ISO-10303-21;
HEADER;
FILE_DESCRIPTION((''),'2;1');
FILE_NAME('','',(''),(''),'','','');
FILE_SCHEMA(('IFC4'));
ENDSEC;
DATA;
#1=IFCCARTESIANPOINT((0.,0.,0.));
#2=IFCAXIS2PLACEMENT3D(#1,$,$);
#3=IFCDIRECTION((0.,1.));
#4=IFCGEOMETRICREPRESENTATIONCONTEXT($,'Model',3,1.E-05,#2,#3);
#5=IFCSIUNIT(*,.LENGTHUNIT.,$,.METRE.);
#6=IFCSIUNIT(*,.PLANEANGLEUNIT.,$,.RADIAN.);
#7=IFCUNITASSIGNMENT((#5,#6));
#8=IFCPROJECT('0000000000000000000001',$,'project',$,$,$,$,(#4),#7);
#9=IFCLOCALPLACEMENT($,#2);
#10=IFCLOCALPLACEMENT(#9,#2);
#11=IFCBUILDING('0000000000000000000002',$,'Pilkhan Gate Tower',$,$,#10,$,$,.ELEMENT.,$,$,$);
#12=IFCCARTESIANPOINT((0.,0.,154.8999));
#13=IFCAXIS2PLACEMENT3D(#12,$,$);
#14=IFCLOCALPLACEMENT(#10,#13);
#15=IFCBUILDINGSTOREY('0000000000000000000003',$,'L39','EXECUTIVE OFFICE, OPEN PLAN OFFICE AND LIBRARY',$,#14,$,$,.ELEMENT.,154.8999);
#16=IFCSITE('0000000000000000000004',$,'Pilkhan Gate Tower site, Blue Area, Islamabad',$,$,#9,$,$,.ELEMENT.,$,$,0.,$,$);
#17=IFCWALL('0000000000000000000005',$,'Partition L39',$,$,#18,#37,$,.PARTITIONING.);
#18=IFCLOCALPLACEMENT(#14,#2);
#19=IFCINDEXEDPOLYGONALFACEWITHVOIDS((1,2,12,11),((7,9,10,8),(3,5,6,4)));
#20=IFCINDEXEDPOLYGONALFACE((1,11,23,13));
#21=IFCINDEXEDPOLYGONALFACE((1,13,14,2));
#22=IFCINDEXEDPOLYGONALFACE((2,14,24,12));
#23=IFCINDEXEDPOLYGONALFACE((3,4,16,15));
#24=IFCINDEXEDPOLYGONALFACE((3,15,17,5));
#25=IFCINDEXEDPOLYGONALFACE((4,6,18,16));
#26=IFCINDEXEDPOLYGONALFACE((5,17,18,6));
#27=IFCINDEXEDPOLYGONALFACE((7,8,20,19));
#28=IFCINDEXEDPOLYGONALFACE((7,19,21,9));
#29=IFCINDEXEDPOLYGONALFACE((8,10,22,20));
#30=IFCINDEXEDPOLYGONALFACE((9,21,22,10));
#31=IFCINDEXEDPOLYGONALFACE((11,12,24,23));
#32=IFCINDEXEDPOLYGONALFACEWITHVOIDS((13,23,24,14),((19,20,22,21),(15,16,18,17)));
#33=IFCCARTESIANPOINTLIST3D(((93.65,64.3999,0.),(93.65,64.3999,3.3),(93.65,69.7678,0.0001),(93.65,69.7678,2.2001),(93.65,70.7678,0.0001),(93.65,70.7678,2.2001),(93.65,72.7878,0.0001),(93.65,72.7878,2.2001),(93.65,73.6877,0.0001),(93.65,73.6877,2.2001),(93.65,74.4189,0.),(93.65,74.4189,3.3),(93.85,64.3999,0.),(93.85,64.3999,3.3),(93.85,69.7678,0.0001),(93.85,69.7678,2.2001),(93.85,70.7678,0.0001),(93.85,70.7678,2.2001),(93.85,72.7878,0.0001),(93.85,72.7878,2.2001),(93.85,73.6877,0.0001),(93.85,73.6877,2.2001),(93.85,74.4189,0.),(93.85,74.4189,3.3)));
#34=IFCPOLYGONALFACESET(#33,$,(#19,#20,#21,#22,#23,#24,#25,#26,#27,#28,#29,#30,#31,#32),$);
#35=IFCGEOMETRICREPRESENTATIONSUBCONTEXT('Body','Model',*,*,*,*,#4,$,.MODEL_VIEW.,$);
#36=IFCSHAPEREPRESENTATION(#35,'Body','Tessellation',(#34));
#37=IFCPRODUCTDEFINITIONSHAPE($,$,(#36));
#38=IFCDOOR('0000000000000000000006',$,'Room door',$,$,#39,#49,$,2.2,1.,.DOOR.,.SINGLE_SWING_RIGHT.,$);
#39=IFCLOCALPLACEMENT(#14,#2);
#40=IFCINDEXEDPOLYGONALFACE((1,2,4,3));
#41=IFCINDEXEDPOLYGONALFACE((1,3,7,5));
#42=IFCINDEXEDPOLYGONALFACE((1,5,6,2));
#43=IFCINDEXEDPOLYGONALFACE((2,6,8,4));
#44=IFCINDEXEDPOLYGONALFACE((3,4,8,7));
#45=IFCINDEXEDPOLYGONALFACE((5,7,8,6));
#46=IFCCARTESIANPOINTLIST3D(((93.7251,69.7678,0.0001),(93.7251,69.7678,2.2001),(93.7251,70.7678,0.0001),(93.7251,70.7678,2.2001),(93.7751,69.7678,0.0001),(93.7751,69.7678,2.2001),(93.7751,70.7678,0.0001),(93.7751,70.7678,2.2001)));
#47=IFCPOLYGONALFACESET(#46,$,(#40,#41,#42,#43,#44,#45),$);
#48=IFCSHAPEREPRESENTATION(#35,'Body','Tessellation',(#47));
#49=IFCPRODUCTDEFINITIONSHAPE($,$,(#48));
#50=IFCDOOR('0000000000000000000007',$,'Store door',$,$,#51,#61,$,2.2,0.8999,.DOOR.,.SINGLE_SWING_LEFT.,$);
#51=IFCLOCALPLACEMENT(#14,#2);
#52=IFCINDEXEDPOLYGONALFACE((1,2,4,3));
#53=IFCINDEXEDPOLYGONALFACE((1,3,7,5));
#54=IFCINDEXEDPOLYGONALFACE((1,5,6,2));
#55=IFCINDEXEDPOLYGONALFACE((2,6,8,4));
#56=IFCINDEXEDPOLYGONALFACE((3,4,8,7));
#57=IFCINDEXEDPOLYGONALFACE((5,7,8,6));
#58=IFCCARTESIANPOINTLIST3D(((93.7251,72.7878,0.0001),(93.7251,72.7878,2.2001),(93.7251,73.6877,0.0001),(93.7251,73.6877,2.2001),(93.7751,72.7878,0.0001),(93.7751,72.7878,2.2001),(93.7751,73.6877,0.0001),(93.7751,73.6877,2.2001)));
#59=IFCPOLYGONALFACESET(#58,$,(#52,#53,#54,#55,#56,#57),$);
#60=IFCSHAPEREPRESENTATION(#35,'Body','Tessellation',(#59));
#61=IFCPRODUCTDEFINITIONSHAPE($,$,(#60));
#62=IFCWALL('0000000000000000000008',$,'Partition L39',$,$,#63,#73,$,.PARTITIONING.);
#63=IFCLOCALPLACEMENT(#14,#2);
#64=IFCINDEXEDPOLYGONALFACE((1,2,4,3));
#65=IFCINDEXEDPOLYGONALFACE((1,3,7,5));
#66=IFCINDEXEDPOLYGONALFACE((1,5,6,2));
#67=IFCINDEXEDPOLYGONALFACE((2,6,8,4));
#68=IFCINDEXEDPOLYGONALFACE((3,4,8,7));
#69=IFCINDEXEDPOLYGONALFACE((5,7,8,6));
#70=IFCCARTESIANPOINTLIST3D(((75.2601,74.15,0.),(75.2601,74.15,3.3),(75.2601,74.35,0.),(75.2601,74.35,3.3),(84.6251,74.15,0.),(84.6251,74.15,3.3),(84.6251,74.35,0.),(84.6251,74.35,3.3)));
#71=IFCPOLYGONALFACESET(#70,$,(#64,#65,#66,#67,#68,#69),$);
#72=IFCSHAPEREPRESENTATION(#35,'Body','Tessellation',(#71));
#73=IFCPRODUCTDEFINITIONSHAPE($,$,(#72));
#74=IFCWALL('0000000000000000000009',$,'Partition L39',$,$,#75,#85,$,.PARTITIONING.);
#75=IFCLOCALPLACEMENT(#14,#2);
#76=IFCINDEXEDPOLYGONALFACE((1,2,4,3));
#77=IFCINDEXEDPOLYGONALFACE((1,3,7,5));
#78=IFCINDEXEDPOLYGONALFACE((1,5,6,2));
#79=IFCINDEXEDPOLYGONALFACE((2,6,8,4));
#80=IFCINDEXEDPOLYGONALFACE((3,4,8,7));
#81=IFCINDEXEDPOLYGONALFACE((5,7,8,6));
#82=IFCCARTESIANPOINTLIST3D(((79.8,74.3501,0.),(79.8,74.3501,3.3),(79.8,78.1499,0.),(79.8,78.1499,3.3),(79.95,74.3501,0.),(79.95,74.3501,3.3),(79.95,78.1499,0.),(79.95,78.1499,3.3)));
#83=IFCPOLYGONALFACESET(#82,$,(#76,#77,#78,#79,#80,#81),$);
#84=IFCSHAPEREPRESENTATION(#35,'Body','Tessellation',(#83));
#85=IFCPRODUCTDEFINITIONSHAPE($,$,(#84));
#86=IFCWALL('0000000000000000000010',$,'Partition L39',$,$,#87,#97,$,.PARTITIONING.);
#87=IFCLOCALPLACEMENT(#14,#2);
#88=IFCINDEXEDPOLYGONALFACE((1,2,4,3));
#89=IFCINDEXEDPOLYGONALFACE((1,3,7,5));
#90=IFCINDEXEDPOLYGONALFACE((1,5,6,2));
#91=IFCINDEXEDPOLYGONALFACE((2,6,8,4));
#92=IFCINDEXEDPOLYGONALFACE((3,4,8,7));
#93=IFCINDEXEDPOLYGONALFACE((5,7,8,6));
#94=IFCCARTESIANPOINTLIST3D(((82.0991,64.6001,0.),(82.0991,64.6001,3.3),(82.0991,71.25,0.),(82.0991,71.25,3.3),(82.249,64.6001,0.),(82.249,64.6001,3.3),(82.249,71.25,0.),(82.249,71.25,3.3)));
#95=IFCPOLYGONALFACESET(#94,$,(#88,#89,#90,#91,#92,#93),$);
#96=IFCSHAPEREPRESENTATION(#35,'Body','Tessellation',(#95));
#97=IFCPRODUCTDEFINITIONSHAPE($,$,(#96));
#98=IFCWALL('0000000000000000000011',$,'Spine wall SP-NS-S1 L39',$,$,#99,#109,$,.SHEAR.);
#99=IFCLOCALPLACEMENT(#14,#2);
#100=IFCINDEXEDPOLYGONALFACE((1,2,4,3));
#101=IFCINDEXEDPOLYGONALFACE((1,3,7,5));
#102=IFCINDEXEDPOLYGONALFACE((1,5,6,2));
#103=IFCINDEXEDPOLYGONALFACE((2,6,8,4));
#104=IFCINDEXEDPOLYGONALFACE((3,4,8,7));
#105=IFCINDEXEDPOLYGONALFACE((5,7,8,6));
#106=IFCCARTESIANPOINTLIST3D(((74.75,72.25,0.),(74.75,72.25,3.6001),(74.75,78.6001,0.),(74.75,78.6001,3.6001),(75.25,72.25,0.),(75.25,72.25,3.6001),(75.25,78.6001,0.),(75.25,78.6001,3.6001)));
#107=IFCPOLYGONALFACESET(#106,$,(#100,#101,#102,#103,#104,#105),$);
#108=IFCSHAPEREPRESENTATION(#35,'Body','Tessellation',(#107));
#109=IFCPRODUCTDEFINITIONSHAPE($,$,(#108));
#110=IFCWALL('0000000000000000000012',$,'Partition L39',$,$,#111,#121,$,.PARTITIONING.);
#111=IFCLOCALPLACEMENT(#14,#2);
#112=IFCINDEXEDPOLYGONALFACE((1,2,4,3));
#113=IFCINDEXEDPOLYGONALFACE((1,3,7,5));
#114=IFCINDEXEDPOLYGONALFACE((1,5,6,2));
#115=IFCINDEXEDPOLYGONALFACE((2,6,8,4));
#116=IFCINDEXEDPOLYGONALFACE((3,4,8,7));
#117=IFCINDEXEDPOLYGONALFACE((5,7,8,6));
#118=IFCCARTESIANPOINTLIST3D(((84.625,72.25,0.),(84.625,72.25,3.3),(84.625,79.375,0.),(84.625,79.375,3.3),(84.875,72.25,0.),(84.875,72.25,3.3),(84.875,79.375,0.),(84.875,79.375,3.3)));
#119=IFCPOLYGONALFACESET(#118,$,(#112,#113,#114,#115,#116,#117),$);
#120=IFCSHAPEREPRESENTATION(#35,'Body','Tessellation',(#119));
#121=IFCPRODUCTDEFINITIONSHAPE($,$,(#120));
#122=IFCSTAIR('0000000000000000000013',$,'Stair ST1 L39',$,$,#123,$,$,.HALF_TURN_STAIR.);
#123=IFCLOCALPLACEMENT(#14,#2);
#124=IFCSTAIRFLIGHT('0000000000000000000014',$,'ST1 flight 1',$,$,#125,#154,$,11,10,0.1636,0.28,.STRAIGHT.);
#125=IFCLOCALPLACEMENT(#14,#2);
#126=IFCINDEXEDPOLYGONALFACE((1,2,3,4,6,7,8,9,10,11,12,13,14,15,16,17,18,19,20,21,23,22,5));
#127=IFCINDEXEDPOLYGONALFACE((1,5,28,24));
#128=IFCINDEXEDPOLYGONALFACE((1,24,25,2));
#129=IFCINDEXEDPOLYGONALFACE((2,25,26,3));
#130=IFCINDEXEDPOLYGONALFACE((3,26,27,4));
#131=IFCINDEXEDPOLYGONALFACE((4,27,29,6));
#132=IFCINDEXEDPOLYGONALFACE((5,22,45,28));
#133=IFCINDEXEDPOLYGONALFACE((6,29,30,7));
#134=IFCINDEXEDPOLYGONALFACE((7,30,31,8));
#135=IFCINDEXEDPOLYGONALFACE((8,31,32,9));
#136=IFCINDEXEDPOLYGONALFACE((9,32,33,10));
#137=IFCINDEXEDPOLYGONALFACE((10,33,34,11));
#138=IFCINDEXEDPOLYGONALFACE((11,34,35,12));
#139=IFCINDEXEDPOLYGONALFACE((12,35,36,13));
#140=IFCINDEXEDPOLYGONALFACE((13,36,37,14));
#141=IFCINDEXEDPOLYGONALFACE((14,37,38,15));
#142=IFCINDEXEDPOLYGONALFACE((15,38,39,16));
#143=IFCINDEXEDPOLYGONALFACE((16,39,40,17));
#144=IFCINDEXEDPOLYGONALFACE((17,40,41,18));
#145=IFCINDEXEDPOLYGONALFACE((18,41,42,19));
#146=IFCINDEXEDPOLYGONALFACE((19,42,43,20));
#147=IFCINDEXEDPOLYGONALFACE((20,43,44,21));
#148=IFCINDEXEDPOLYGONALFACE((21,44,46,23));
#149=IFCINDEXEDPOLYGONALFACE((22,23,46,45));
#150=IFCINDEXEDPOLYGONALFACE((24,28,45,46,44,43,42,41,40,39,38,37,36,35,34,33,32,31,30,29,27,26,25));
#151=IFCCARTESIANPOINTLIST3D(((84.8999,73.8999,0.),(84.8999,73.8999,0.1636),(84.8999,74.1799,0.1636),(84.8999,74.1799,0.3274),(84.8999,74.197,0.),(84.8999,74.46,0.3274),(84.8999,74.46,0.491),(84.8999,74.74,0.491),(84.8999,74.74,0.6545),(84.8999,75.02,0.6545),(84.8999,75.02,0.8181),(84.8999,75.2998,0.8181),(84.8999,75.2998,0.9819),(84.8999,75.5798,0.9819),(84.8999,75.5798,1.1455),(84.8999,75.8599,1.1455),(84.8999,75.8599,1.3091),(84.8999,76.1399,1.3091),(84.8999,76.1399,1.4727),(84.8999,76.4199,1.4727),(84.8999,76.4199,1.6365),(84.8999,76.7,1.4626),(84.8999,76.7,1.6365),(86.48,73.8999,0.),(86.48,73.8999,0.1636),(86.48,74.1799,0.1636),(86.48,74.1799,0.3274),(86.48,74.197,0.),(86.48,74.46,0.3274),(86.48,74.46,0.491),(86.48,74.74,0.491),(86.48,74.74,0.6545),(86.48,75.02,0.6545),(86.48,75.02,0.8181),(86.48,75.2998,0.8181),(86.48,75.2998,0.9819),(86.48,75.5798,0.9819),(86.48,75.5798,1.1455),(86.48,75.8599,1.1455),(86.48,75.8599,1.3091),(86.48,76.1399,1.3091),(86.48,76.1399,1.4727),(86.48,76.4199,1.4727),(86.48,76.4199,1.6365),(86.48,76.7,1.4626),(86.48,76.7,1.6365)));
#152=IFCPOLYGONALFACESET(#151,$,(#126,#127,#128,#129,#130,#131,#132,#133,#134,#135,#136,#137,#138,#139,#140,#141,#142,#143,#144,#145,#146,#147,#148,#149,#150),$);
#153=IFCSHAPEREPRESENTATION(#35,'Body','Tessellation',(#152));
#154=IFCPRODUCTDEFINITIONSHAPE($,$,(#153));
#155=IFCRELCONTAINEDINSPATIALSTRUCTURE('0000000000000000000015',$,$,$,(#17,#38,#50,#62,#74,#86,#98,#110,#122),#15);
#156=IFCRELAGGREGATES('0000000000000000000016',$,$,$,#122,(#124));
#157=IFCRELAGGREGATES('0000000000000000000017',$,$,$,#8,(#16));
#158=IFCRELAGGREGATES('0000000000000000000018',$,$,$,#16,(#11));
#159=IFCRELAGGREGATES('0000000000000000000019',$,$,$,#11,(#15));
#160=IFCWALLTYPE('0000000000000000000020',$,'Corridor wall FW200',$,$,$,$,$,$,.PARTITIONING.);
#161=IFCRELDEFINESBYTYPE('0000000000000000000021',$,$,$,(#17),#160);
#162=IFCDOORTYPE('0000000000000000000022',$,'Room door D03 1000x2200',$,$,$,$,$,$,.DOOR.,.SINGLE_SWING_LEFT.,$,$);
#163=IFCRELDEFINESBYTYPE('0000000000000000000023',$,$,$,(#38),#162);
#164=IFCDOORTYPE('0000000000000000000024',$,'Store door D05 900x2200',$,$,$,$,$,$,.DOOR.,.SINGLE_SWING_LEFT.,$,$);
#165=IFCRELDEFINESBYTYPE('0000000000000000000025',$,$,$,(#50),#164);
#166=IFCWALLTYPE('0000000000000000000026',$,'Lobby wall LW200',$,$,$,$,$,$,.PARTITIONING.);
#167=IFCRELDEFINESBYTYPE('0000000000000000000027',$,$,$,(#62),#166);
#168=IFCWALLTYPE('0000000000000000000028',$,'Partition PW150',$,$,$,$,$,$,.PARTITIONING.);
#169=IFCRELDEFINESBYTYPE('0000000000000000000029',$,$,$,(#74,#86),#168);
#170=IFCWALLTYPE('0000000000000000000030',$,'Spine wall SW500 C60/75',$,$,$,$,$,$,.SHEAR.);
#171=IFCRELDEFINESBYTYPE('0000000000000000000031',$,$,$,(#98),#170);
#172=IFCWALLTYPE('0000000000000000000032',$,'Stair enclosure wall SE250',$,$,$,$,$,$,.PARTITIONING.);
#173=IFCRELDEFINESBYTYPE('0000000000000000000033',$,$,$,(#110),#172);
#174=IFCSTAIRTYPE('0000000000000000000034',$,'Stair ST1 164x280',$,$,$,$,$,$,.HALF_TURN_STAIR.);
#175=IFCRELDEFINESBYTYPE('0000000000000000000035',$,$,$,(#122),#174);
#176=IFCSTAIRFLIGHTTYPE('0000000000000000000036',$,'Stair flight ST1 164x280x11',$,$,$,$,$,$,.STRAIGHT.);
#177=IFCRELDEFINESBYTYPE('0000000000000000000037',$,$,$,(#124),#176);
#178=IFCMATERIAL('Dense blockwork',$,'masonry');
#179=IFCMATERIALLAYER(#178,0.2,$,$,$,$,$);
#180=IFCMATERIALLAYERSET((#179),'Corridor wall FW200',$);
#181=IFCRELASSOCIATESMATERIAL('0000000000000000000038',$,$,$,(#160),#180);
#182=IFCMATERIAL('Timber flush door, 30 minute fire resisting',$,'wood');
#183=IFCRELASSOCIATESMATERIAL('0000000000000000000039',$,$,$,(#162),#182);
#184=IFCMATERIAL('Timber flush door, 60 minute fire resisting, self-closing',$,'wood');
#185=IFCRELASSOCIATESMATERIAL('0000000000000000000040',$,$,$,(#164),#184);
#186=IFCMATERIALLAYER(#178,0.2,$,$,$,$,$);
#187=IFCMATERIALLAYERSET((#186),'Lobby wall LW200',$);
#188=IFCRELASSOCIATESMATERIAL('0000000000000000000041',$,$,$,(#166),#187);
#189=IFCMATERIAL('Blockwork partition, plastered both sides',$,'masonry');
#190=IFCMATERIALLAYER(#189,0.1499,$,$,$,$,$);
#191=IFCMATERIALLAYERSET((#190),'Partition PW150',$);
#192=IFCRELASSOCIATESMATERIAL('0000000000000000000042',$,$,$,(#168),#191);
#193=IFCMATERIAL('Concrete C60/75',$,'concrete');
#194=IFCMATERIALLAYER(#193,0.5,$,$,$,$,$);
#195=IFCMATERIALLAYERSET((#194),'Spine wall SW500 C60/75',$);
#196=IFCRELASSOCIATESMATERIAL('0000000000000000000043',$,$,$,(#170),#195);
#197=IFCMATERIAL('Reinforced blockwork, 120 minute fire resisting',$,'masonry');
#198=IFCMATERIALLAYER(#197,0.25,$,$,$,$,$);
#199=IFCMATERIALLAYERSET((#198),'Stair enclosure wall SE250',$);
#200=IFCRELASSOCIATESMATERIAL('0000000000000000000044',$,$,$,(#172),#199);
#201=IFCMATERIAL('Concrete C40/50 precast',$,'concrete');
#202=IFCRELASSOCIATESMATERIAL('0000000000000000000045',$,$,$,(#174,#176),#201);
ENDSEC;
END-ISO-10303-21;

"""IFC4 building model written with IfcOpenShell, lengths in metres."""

from ifc_helpers import new_model, si_unit, direction, frame, frame_2d, origin, place, context, subcontext, project, spatial, polyline, rectangle, outline, extrude, material, layer, layer_set, type_object, element, fill, aggregate, save


model = new_model("IFC4")

# Units and contexts
model_context = context("Model", 3, precision=1e-05, world=origin(), true_north=direction((0.0, 1.0)))
body_context = subcontext(model_context, "Body", "Model", "MODEL_VIEW")
ifc_project = project(units=[si_unit("LENGTHUNIT", "METRE"), si_unit("PLANEANGLEUNIT", "RADIAN")], contexts=[model_context])

# Site, building, storey
site_placement = place(None, origin())
site = spatial("IfcSite", under=ifc_project, at=site_placement, Name="Pilkhan Gate Tower site, Blue Area, Islamabad", CompositionType="ELEMENT", RefElevation=0.0)
building_placement = place(site_placement, origin())
building = spatial("IfcBuilding", under=site, at=building_placement, Name="Pilkhan Gate Tower", CompositionType="ELEMENT")
storey_placement = place(building_placement, frame((0.0, 0.0, 154.8999)))
storey = spatial("IfcBuildingStorey", under=building, at=storey_placement, Name="L39", Description="EXECUTIVE OFFICE, OPEN PLAN OFFICE AND LIBRARY", CompositionType="ELEMENT", Elevation=154.8999)

# Shared definitions
ifc_material_1 = material(Name="Concrete C60/75", Category="concrete")

# Shared definitions
ifc_material_2 = material(Name="Dense blockwork", Category="masonry")
ifc_layer_1 = layer(ifc_material_2, 0.2)
ifc_layer_set_1 = layer_set([ifc_layer_1], Name="Corridor wall FW200")
wall_type_1 = type_object("IfcWallType", Name="Corridor wall FW200", PredefinedType="PARTITIONING", material=ifc_layer_set_1)

# Wall, openings, doors
wall_1_placement = place(storey_placement, frame((93.75, 64.3999, 0.0), z_axis=(0.0, 0.0, 1.0), x_axis=(0.0, 1.0, 0.0)))
wall_1 = element("IfcWall", 1, at=wall_1_placement, inside=storey, type_object=wall_type_1, Name="Partition L39", PredefinedType="PARTITIONING", context=body_context, shape_type="SweptSolid", body=[
    extrude(rectangle(XDim=10.019, YDim=0.2, at=frame_2d((5.0095, 0.0))), origin(), (0.0, 0.0, 1.0), 3.3),
])
opening_1_placement = place(wall_1_placement, frame((5.3679, 0.0, 0.0)))
opening_1 = element("IfcOpeningElement", 2, at=opening_1_placement, cuts=wall_1, PredefinedType="OPENING", context=body_context, shape_type="SweptSolid", body=[
    extrude(rectangle(XDim=1.0, YDim=2.2, at=frame_2d((0.5, 1.1001))), frame((0.0, 0.1099, 0.0), z_axis=(0.0, -1.0, 0.0), x_axis=(1.0, 0.0, 0.0)), (0.0, 0.0, 1.0), 0.22),
])
opening_2_placement = place(wall_1_placement, frame((8.3879, 0.0, 0.0)))
opening_2 = element("IfcOpeningElement", 3, at=opening_2_placement, cuts=wall_1, PredefinedType="OPENING", context=body_context, shape_type="SweptSolid", body=[
    extrude(rectangle(XDim=0.8999, YDim=2.2, at=frame_2d((0.45, 1.1001))), frame((0.0, 0.1099, 0.0), z_axis=(0.0, -1.0, 0.0), x_axis=(1.0, 0.0, 0.0)), (0.0, 0.0, 1.0), 0.22),
])
ifc_material_3 = material(Name="Timber flush door, 30 minute fire resisting", Category="wood")
door_type_1 = type_object("IfcDoorType", Name="Room door D03 1000x2200", OperationType="SINGLE_SWING_LEFT", PredefinedType="DOOR", material=ifc_material_3)
door_1_placement = place(opening_1_placement, origin())
door_1 = element("IfcDoor", 4, at=door_1_placement, inside=storey, type_object=door_type_1, Name="Room door", OperationType="SINGLE_SWING_RIGHT", OverallHeight=2.2, OverallWidth=1.0, PredefinedType="DOOR", context=body_context, shape_type="SweptSolid", body=[
    extrude(rectangle(XDim=1.0, YDim=2.2, at=frame_2d((0.5, 1.1001))), frame((0.0, 0.0249, 0.0), z_axis=(0.0, -1.0, 0.0), x_axis=(1.0, 0.0, 0.0)), (0.0, 0.0, 1.0), 0.05),
])
fill(opening_1, door_1)
ifc_material_4 = material(Name="Timber flush door, 60 minute fire resisting, self-closing", Category="wood")
door_type_2 = type_object("IfcDoorType", Name="Store door D05 900x2200", OperationType="SINGLE_SWING_LEFT", PredefinedType="DOOR", material=ifc_material_4)
door_2_placement = place(opening_2_placement, origin())
door_2 = element("IfcDoor", 5, at=door_2_placement, inside=storey, type_object=door_type_2, Name="Store door", OperationType="SINGLE_SWING_LEFT", OverallHeight=2.2, OverallWidth=0.8999, PredefinedType="DOOR", context=body_context, shape_type="SweptSolid", body=[
    extrude(rectangle(XDim=0.8999, YDim=2.2, at=frame_2d((0.45, 1.1001))), frame((0.0, 0.0249, 0.0), z_axis=(0.0, -1.0, 0.0), x_axis=(1.0, 0.0, 0.0)), (0.0, 0.0, 1.0), 0.05),
])
fill(opening_2, door_2)

# Walls
ifc_layer_2 = layer(ifc_material_2, 0.2)
ifc_layer_set_2 = layer_set([ifc_layer_2], Name="Lobby wall LW200")
wall_type_2 = type_object("IfcWallType", Name="Lobby wall LW200", PredefinedType="PARTITIONING", material=ifc_layer_set_2)
wall_2_placement = place(storey_placement, frame((75.26, 74.25, 0.0), z_axis=(0.0, 0.0, 1.0), x_axis=(1.0, 0.0, 0.0)))
element("IfcWall", 6, at=wall_2_placement, inside=storey, type_object=wall_type_2, Name="Partition L39", PredefinedType="PARTITIONING", context=body_context, shape_type="SweptSolid", body=[
    extrude(rectangle(XDim=9.365, YDim=0.2, at=frame_2d((4.6826, 0.0))), origin(), (0.0, 0.0, 1.0), 3.3),
])
ifc_material_5 = material(Name="Blockwork partition, plastered both sides", Category="masonry")
ifc_layer_3 = layer(ifc_material_5, 0.1499)
ifc_layer_set_3 = layer_set([ifc_layer_3], Name="Partition PW150")
wall_type_3 = type_object("IfcWallType", Name="Partition PW150", PredefinedType="PARTITIONING", material=ifc_layer_set_3)
wall_3_placement = place(storey_placement, frame((79.875, 74.3501, 0.0), z_axis=(0.0, 0.0, 1.0), x_axis=(0.0, 1.0, 0.0)))
element("IfcWall", 7, at=wall_3_placement, inside=storey, type_object=wall_type_3, Name="Partition L39", PredefinedType="PARTITIONING", context=body_context, shape_type="SweptSolid", body=[
    extrude(rectangle(XDim=3.7998, YDim=0.1499, at=frame_2d((1.8999, 0.0))), origin(), (0.0, 0.0, 1.0), 3.3),
])
wall_4_placement = place(storey_placement, frame((82.1741, 64.6001, 0.0), z_axis=(0.0, 0.0, 1.0), x_axis=(0.0, 1.0, 0.0)))
element("IfcWall", 8, at=wall_4_placement, inside=storey, type_object=wall_type_3, Name="Partition L39", PredefinedType="PARTITIONING", context=body_context, shape_type="SweptSolid", body=[
    extrude(rectangle(XDim=6.6499, YDim=0.1499, at=frame_2d((3.325, 0.0))), origin(), (0.0, 0.0, 1.0), 3.3),
])
ifc_layer_4 = layer(ifc_material_1, 0.5)
ifc_layer_set_4 = layer_set([ifc_layer_4], Name="Spine wall SW500 C60/75")
wall_type_4 = type_object("IfcWallType", Name="Spine wall SW500 C60/75", PredefinedType="SHEAR", material=ifc_layer_set_4)
wall_5_placement = place(storey_placement, frame((75.0, 72.25, 0.0), z_axis=(0.0, 0.0, 1.0), x_axis=(0.0, 1.0, 0.0)))
element("IfcWall", 9, at=wall_5_placement, inside=storey, type_object=wall_type_4, Name="Spine wall SP-NS-S1 L39", PredefinedType="SHEAR", context=body_context, shape_type="SweptSolid", body=[
    extrude(rectangle(XDim=6.3501, YDim=0.5, at=frame_2d((3.175, 0.0))), origin(), (0.0, 0.0, 1.0), 3.6001),
])
ifc_material_6 = material(Name="Reinforced blockwork, 120 minute fire resisting", Category="masonry")
ifc_layer_5 = layer(ifc_material_6, 0.25)
ifc_layer_set_5 = layer_set([ifc_layer_5], Name="Stair enclosure wall SE250")
wall_type_5 = type_object("IfcWallType", Name="Stair enclosure wall SE250", PredefinedType="PARTITIONING", material=ifc_layer_set_5)
wall_6_placement = place(storey_placement, frame((84.75, 72.25, 0.0), z_axis=(0.0, 0.0, 1.0), x_axis=(0.0, 1.0, 0.0)))
element("IfcWall", 10, at=wall_6_placement, inside=storey, type_object=wall_type_5, Name="Partition L39", PredefinedType="PARTITIONING", context=body_context, shape_type="SweptSolid", body=[
    extrude(rectangle(XDim=7.125, YDim=0.25, at=frame_2d((3.5625, 0.0))), origin(), (0.0, 0.0, 1.0), 3.3),
])

# Stair, stair flight
ifc_material_7 = material(Name="Concrete C40/50 precast", Category="concrete")
stair_type = type_object("IfcStairType", Name="Stair ST1 164x280", PredefinedType="HALF_TURN_STAIR", material=ifc_material_7)
stair_placement = place(storey_placement, origin())
stair = element("IfcStair", 11, at=stair_placement, inside=storey, type_object=stair_type, Name="Stair ST1 L39", PredefinedType="HALF_TURN_STAIR")
stair_flight_type = type_object("IfcStairFlightType", Name="Stair flight ST1 164x280x11", PredefinedType="STRAIGHT", material=ifc_material_7)
stair_flight_placement = place(storey_placement, frame((85.6899, 73.8999, 0.0), z_axis=(0.0, 0.0, 1.0), x_axis=(0.0, 1.0, 0.0)))
stair_flight = element("IfcStairFlight", 12, at=stair_flight_placement, type_object=stair_flight_type, Name="ST1 flight 1", NumberOfRisers=11, NumberOfTreads=10, PredefinedType="STRAIGHT", RiserHeight=0.1636, TreadLength=0.28, context=body_context, shape_type="SweptSolid", body=[
    extrude(outline(polyline([(0.0, 0.0), (0.0, 0.1636), (0.28, 0.1636), (0.28, 0.3274), (0.5601, 0.3274), (0.5601, 0.491), (0.8401, 0.491), (0.8401, 0.6545), (1.1201, 0.6545), (1.1201, 0.8181), (1.3999, 0.8181), (1.3999, 0.9819), (1.6799, 0.9819), (1.6799, 1.1455), (1.96, 1.1455), (1.96, 1.3091), (2.24, 1.3091), (2.24, 1.4727), (2.52, 1.4727), (2.52, 1.6365), (2.8, 1.6365), (2.8, 1.8), (2.8, 1.4626), (0.2971, 0.0), (0.0, 0.0)])), frame((0.0, 0.79, 0.0), z_axis=(0.0, -1.0, 0.0), x_axis=(1.0, 0.0, 0.0)), (0.0, 0.0, 1.0), 1.5801),
])
aggregate(stair, [stair_flight])

save(model, "model.ifc")
